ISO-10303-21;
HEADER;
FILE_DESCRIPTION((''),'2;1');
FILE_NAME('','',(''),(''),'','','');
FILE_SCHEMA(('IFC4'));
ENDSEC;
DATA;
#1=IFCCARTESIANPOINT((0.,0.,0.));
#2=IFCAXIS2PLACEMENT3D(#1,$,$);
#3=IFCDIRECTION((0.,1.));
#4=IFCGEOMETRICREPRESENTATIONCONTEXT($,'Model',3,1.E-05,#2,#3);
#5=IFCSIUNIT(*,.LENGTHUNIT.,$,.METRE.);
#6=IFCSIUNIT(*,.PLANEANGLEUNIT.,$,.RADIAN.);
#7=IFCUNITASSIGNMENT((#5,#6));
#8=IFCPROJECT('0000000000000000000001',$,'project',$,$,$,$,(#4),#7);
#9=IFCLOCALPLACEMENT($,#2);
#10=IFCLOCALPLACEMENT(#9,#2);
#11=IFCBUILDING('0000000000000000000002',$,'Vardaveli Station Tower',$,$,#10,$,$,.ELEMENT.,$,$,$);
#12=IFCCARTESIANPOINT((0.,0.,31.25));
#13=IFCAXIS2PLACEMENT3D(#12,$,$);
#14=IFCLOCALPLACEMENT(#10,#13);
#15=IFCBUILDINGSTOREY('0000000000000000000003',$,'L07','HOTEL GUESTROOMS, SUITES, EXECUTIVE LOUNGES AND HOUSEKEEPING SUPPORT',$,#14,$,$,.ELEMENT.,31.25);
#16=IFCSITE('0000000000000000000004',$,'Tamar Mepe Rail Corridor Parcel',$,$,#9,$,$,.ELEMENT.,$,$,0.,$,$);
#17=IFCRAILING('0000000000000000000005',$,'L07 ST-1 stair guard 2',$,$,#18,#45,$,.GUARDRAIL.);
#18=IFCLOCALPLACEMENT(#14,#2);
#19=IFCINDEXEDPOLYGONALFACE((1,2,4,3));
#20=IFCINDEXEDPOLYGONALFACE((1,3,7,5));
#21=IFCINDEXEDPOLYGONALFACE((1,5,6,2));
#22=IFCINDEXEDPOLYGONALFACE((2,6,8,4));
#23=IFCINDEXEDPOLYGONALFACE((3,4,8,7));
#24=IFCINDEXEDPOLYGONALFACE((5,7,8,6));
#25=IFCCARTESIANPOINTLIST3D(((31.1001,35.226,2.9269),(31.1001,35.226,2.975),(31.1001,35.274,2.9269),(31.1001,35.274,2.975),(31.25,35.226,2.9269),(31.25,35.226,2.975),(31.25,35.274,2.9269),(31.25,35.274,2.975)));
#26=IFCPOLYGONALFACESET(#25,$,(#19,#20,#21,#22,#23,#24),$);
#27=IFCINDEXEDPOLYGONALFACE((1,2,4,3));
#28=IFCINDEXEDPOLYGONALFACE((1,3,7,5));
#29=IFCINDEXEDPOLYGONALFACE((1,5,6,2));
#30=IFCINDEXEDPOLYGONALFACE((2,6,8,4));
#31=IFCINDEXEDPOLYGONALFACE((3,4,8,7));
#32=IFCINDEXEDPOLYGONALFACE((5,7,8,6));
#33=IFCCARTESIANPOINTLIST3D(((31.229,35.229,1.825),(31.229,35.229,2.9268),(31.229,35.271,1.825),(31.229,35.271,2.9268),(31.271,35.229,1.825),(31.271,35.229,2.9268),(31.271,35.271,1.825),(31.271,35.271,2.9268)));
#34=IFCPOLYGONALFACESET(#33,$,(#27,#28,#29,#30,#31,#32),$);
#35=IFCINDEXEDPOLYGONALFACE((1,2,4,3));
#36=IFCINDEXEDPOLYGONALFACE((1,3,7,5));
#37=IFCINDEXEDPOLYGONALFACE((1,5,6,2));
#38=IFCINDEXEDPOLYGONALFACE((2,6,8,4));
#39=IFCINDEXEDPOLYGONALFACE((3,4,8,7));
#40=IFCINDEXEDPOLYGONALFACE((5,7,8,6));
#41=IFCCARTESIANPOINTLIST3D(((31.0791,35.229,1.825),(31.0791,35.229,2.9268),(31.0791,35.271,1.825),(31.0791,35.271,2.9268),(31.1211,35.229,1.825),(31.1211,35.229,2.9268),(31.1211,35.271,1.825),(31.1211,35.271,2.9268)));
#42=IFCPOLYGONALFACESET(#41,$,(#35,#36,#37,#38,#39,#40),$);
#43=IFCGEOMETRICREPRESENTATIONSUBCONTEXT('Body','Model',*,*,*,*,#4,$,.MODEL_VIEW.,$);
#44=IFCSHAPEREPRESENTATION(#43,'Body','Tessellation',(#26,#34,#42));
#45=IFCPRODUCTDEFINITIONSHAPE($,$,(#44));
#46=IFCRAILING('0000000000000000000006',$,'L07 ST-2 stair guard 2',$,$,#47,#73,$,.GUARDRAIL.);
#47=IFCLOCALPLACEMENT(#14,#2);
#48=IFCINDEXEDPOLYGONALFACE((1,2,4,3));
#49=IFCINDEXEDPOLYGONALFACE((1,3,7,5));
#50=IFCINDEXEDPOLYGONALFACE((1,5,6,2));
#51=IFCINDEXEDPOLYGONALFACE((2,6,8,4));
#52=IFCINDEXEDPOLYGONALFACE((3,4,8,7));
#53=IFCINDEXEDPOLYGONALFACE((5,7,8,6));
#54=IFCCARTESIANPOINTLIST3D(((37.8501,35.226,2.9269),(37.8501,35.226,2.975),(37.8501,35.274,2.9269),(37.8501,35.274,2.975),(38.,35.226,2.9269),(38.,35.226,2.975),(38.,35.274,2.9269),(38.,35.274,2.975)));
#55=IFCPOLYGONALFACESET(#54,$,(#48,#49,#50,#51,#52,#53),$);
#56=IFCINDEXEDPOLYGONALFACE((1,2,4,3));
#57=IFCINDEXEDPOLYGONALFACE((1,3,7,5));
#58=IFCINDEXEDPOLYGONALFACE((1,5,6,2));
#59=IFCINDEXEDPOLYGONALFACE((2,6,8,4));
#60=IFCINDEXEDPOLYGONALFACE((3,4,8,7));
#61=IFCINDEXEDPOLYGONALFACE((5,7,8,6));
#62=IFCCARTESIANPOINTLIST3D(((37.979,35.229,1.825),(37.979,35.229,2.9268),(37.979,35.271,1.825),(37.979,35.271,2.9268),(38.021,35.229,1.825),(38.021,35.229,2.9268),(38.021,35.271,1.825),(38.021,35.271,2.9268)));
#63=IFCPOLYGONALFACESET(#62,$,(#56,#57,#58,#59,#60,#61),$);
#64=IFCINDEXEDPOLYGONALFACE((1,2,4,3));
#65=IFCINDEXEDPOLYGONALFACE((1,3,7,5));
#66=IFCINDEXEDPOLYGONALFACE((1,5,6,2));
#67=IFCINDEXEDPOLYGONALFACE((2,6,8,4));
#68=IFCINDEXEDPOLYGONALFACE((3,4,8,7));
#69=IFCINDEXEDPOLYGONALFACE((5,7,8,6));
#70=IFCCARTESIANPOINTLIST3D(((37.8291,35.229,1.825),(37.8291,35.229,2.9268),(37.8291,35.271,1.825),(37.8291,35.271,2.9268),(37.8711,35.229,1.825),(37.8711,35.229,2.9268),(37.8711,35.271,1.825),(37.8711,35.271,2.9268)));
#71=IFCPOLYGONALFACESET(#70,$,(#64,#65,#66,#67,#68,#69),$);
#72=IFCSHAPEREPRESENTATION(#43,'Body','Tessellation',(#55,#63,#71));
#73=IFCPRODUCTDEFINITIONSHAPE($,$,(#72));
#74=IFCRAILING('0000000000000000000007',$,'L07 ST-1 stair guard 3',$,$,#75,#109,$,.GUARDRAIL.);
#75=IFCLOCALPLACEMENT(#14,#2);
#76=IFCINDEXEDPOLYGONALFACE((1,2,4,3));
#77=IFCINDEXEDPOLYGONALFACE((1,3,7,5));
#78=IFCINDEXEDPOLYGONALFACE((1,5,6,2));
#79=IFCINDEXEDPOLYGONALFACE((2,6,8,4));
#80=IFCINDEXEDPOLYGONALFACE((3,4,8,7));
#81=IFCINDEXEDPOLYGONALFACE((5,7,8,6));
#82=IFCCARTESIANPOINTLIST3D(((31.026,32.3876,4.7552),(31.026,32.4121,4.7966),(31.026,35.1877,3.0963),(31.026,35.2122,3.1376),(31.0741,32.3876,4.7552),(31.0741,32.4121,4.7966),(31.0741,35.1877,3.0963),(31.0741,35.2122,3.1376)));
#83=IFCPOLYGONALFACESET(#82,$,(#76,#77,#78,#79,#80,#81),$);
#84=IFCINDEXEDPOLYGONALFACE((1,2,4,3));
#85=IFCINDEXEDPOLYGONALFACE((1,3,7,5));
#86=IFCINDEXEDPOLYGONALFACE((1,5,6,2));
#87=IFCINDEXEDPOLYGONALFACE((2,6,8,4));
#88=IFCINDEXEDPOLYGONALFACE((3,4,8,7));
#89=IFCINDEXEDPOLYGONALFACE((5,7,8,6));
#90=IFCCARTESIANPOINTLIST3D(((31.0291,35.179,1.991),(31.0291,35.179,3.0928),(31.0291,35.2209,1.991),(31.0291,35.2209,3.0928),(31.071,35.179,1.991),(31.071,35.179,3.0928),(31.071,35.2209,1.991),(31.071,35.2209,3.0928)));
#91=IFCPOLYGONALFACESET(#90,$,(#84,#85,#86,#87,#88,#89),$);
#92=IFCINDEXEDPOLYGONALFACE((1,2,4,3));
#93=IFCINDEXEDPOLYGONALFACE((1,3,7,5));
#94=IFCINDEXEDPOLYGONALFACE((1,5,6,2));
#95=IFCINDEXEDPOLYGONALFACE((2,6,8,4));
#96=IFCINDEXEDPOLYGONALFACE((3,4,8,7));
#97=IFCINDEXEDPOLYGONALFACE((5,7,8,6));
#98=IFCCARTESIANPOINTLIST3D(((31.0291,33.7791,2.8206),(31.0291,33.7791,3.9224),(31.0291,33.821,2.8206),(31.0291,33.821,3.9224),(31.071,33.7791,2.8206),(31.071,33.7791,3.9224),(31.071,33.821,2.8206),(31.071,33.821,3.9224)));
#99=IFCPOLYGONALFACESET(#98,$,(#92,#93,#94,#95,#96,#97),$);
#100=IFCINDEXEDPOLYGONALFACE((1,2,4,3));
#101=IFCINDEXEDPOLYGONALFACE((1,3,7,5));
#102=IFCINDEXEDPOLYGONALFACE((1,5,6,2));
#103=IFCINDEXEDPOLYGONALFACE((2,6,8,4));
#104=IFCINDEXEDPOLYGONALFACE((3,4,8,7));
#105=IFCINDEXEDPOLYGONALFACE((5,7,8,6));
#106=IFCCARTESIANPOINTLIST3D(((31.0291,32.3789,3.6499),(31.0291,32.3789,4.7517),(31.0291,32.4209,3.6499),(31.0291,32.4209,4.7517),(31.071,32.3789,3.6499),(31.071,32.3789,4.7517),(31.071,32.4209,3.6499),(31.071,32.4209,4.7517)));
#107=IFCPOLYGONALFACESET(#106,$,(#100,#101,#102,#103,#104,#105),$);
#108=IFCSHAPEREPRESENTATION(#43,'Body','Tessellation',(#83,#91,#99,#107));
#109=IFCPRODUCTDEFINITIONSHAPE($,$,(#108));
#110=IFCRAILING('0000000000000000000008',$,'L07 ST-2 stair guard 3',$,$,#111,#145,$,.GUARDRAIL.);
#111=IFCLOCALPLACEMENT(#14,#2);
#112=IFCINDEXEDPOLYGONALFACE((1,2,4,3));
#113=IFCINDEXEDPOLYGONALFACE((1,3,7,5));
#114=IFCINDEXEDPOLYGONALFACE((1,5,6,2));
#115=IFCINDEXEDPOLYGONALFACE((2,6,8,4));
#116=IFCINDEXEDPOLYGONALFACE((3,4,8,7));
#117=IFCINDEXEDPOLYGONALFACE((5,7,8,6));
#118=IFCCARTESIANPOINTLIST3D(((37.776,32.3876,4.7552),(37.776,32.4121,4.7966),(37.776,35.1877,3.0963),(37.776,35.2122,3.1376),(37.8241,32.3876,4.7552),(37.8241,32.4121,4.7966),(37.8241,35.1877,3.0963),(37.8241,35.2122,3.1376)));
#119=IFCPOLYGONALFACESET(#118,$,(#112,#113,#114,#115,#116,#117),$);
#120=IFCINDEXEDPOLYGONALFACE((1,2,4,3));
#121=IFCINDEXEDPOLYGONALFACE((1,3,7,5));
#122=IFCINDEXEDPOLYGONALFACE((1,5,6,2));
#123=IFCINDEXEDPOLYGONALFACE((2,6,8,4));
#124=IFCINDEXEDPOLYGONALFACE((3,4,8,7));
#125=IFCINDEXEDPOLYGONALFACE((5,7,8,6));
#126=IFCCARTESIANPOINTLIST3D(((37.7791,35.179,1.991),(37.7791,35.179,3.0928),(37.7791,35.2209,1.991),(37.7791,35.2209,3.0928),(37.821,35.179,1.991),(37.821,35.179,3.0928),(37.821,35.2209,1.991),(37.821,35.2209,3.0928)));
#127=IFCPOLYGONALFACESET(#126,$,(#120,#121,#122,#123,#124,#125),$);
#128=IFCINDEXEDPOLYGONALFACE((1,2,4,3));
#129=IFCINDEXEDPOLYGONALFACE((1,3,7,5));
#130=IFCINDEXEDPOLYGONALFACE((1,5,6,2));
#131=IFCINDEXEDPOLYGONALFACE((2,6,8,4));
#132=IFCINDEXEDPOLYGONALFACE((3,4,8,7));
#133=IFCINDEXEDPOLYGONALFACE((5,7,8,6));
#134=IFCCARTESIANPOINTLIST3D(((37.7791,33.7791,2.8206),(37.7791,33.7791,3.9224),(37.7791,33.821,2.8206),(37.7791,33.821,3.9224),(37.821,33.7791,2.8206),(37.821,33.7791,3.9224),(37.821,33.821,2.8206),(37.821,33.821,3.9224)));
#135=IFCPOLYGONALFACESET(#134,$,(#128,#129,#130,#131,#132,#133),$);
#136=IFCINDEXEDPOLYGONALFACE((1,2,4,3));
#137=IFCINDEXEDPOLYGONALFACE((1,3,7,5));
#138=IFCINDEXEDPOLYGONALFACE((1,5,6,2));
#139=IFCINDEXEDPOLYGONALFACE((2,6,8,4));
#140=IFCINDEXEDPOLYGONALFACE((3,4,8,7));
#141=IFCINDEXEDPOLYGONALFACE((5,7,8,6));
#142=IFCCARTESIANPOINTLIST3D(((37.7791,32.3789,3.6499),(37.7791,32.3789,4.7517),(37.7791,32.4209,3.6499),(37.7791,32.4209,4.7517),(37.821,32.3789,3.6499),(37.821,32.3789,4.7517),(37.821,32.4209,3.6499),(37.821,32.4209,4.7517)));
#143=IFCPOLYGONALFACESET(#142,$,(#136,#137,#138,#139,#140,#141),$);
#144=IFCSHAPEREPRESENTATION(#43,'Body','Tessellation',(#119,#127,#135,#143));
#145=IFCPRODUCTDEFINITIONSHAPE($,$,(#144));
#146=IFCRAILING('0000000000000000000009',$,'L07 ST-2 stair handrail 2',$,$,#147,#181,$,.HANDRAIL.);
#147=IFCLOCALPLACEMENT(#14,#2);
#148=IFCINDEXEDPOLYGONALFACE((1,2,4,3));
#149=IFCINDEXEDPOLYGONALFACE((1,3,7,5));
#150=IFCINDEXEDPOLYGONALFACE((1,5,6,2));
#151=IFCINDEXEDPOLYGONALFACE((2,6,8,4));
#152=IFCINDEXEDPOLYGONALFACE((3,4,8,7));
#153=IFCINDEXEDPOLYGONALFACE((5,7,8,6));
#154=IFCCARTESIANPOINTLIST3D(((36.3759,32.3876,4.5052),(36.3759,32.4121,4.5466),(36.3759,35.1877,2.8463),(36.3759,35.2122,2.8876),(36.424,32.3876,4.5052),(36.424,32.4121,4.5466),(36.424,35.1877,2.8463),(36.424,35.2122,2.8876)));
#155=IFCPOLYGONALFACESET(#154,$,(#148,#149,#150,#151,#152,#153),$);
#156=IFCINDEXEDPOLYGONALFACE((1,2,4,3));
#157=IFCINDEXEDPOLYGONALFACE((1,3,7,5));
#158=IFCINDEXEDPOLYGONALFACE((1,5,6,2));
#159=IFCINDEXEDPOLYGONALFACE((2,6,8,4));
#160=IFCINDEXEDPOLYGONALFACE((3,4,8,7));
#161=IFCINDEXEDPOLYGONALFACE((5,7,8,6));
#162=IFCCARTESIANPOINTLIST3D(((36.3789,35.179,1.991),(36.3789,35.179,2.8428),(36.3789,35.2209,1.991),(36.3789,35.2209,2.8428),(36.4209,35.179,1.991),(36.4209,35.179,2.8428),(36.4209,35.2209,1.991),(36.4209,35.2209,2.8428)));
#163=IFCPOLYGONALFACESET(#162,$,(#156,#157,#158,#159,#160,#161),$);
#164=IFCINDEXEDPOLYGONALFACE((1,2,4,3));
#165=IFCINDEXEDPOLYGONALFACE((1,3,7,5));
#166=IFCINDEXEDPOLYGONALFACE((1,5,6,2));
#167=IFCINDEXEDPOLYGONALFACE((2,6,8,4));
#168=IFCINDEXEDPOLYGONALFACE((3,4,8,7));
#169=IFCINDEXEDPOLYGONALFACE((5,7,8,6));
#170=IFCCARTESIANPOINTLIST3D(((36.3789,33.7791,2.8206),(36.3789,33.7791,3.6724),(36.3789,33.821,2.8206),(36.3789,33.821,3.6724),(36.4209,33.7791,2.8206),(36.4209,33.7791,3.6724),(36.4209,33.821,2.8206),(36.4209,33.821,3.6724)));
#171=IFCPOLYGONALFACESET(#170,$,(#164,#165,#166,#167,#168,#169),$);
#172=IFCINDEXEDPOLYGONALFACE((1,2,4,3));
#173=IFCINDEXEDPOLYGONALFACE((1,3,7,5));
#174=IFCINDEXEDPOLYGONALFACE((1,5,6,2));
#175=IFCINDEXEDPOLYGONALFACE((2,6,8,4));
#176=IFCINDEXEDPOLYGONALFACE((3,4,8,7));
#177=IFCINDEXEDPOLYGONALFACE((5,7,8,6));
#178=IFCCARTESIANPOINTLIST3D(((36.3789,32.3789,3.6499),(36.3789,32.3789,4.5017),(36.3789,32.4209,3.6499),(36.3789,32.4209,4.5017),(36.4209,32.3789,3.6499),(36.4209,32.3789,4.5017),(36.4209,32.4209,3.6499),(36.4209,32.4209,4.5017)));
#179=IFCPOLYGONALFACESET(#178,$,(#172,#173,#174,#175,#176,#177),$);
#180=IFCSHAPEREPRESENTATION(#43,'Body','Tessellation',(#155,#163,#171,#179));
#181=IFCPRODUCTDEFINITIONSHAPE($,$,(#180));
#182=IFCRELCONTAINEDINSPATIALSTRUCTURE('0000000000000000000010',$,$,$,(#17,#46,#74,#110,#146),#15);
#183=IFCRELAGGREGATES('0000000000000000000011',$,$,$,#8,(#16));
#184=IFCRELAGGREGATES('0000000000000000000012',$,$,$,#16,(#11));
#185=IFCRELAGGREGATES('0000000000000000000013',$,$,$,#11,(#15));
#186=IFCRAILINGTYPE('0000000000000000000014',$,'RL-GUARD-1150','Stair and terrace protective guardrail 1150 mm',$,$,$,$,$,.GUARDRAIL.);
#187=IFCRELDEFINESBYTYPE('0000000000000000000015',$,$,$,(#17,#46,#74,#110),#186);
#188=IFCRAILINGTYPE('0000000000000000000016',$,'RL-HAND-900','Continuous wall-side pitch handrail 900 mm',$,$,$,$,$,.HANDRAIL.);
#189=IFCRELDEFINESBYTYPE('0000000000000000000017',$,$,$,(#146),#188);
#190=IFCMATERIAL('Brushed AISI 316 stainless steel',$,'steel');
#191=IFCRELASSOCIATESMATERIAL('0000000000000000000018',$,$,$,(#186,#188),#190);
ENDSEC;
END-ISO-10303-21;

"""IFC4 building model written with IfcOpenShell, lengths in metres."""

from ifc_helpers import new_model, si_unit, direction, frame, origin, origin_2d, place, context, subcontext, project, spatial, rectangle, extrude, source, transform, mapped, material, type_object, element, save


model = new_model("IFC4")

# Units and contexts
model_context = context("Model", 3, precision=1e-05, world=origin(), true_north=direction((0.0, 1.0)))
body_context = subcontext(model_context, "Body", "Model", "MODEL_VIEW")
ifc_project = project(units=[si_unit("LENGTHUNIT", "METRE"), si_unit("PLANEANGLEUNIT", "RADIAN")], contexts=[model_context])

# Site, building, storey
site_placement = place(None, origin())
site = spatial("IfcSite", under=ifc_project, at=site_placement, Name="Tamar Mepe Rail Corridor Parcel", CompositionType="ELEMENT", RefElevation=0.0)
building_placement = place(site_placement, origin())
building = spatial("IfcBuilding", under=site, at=building_placement, Name="Vardaveli Station Tower", CompositionType="ELEMENT")
storey_placement = place(building_placement, frame((0.0, 0.0, 31.25)))
storey = spatial("IfcBuildingStorey", under=building, at=storey_placement, Name="L07", Description="HOTEL GUESTROOMS, SUITES, EXECUTIVE LOUNGES AND HOUSEKEEPING SUPPORT", CompositionType="ELEMENT", Elevation=31.25)

# Railings
ifc_material_1 = material(Name="Brushed AISI 316 stainless steel", Category="steel")
railing_type_1 = type_object("IfcRailingType", Name="RL-GUARD-1150", Description="Stair and terrace protective guardrail 1150 mm", PredefinedType="GUARDRAIL", material=ifc_material_1)
shared_shape_1 = source(origin(), body_context, "Body", "SweptSolid", [
    extrude(rectangle(XDim=0.0481, YDim=0.0481, at=origin_2d()), frame((0.0, 0.0, 1.126), z_axis=(-1.0, 0.0, 0.0), x_axis=(0.0, -1.0, 0.0)), (0.0, 0.0, 1.0), 0.1499),
    extrude(rectangle(XDim=0.042, YDim=0.042, at=origin_2d()), origin(), (0.0, 0.0, 1.0), 1.1018),
    extrude(rectangle(XDim=0.042, YDim=0.042, at=origin_2d()), frame((-0.1499, 0.0, 0.0)), (0.0, 0.0, 1.0), 1.1018),
])
for number, where, name in (
    (1, (31.25, 35.25, 1.825), "L07 ST-1 stair guard 2"),
    (2, (38.0, 35.25, 1.825), "L07 ST-2 stair guard 2"),
):
    element("IfcRailing", number, at=place(storey_placement, frame(where)), inside=storey, type_object=railing_type_1, Name=name, PredefinedType="GUARDRAIL", context=body_context, shape_type="MappedRepresentation", body=[
        mapped(shared_shape_1, transform((0.0, 0.0, 0.0), scale=1.0)),
    ])
shared_shape_2 = source(origin(), body_context, "Body", "SweptSolid", [
    extrude(rectangle(XDim=0.0481, YDim=0.0481, at=origin_2d()), frame((0.0, 0.0, 1.126), z_axis=(0.0, -0.860339, 0.509722), x_axis=(1.0, 0.0, 0.0)), (0.0, 0.0, 1.0), 3.2546),
    extrude(rectangle(XDim=0.042, YDim=0.042, at=origin_2d()), origin(), (0.0, 0.0, 1.0), 1.1018),
    extrude(rectangle(XDim=0.042, YDim=0.042, at=origin_2d()), frame((0.0, -1.3999, 0.8296)), (0.0, 0.0, 1.0), 1.1018),
    extrude(rectangle(XDim=0.042, YDim=0.042, at=origin_2d()), frame((0.0, -2.8, 1.6589)), (0.0, 0.0, 1.0), 1.1018),
])
for number, where, name in (
    (3, (31.05, 35.2, 1.991), "L07 ST-1 stair guard 3"),
    (4, (37.8, 35.2, 1.991), "L07 ST-2 stair guard 3"),
):
    element("IfcRailing", number, at=place(storey_placement, frame(where)), inside=storey, type_object=railing_type_1, Name=name, PredefinedType="GUARDRAIL", context=body_context, shape_type="MappedRepresentation", body=[
        mapped(shared_shape_2, transform((0.0, 0.0, 0.0), scale=1.0)),
    ])
railing_type_2 = type_object("IfcRailingType", Name="RL-HAND-900", Description="Continuous wall-side pitch handrail 900 mm", PredefinedType="HANDRAIL", material=ifc_material_1)
shared_shape_3 = source(origin(), body_context, "Body", "SweptSolid", [
    extrude(rectangle(XDim=0.0481, YDim=0.0481, at=origin_2d()), frame((0.0, 0.0, 0.876), z_axis=(0.0, -0.860339, 0.509722), x_axis=(1.0, 0.0, 0.0)), (0.0, 0.0, 1.0), 3.2546),
    extrude(rectangle(XDim=0.042, YDim=0.042, at=origin_2d()), origin(), (0.0, 0.0, 1.0), 0.8518),
    extrude(rectangle(XDim=0.042, YDim=0.042, at=origin_2d()), frame((0.0, -1.3999, 0.8296)), (0.0, 0.0, 1.0), 0.8518),
    extrude(rectangle(XDim=0.042, YDim=0.042, at=origin_2d()), frame((0.0, -2.8, 1.6589)), (0.0, 0.0, 1.0), 0.8518),
])
railing_1_placement = place(storey_placement, frame((36.3999, 35.2, 1.991)))
element("IfcRailing", 5, at=railing_1_placement, inside=storey, type_object=railing_type_2, Name="L07 ST-2 stair handrail 2", PredefinedType="HANDRAIL", context=body_context, shape_type="MappedRepresentation", body=[
    mapped(shared_shape_3, transform((0.0, 0.0, 0.0), scale=1.0)),
])

save(model, "model.ifc")
